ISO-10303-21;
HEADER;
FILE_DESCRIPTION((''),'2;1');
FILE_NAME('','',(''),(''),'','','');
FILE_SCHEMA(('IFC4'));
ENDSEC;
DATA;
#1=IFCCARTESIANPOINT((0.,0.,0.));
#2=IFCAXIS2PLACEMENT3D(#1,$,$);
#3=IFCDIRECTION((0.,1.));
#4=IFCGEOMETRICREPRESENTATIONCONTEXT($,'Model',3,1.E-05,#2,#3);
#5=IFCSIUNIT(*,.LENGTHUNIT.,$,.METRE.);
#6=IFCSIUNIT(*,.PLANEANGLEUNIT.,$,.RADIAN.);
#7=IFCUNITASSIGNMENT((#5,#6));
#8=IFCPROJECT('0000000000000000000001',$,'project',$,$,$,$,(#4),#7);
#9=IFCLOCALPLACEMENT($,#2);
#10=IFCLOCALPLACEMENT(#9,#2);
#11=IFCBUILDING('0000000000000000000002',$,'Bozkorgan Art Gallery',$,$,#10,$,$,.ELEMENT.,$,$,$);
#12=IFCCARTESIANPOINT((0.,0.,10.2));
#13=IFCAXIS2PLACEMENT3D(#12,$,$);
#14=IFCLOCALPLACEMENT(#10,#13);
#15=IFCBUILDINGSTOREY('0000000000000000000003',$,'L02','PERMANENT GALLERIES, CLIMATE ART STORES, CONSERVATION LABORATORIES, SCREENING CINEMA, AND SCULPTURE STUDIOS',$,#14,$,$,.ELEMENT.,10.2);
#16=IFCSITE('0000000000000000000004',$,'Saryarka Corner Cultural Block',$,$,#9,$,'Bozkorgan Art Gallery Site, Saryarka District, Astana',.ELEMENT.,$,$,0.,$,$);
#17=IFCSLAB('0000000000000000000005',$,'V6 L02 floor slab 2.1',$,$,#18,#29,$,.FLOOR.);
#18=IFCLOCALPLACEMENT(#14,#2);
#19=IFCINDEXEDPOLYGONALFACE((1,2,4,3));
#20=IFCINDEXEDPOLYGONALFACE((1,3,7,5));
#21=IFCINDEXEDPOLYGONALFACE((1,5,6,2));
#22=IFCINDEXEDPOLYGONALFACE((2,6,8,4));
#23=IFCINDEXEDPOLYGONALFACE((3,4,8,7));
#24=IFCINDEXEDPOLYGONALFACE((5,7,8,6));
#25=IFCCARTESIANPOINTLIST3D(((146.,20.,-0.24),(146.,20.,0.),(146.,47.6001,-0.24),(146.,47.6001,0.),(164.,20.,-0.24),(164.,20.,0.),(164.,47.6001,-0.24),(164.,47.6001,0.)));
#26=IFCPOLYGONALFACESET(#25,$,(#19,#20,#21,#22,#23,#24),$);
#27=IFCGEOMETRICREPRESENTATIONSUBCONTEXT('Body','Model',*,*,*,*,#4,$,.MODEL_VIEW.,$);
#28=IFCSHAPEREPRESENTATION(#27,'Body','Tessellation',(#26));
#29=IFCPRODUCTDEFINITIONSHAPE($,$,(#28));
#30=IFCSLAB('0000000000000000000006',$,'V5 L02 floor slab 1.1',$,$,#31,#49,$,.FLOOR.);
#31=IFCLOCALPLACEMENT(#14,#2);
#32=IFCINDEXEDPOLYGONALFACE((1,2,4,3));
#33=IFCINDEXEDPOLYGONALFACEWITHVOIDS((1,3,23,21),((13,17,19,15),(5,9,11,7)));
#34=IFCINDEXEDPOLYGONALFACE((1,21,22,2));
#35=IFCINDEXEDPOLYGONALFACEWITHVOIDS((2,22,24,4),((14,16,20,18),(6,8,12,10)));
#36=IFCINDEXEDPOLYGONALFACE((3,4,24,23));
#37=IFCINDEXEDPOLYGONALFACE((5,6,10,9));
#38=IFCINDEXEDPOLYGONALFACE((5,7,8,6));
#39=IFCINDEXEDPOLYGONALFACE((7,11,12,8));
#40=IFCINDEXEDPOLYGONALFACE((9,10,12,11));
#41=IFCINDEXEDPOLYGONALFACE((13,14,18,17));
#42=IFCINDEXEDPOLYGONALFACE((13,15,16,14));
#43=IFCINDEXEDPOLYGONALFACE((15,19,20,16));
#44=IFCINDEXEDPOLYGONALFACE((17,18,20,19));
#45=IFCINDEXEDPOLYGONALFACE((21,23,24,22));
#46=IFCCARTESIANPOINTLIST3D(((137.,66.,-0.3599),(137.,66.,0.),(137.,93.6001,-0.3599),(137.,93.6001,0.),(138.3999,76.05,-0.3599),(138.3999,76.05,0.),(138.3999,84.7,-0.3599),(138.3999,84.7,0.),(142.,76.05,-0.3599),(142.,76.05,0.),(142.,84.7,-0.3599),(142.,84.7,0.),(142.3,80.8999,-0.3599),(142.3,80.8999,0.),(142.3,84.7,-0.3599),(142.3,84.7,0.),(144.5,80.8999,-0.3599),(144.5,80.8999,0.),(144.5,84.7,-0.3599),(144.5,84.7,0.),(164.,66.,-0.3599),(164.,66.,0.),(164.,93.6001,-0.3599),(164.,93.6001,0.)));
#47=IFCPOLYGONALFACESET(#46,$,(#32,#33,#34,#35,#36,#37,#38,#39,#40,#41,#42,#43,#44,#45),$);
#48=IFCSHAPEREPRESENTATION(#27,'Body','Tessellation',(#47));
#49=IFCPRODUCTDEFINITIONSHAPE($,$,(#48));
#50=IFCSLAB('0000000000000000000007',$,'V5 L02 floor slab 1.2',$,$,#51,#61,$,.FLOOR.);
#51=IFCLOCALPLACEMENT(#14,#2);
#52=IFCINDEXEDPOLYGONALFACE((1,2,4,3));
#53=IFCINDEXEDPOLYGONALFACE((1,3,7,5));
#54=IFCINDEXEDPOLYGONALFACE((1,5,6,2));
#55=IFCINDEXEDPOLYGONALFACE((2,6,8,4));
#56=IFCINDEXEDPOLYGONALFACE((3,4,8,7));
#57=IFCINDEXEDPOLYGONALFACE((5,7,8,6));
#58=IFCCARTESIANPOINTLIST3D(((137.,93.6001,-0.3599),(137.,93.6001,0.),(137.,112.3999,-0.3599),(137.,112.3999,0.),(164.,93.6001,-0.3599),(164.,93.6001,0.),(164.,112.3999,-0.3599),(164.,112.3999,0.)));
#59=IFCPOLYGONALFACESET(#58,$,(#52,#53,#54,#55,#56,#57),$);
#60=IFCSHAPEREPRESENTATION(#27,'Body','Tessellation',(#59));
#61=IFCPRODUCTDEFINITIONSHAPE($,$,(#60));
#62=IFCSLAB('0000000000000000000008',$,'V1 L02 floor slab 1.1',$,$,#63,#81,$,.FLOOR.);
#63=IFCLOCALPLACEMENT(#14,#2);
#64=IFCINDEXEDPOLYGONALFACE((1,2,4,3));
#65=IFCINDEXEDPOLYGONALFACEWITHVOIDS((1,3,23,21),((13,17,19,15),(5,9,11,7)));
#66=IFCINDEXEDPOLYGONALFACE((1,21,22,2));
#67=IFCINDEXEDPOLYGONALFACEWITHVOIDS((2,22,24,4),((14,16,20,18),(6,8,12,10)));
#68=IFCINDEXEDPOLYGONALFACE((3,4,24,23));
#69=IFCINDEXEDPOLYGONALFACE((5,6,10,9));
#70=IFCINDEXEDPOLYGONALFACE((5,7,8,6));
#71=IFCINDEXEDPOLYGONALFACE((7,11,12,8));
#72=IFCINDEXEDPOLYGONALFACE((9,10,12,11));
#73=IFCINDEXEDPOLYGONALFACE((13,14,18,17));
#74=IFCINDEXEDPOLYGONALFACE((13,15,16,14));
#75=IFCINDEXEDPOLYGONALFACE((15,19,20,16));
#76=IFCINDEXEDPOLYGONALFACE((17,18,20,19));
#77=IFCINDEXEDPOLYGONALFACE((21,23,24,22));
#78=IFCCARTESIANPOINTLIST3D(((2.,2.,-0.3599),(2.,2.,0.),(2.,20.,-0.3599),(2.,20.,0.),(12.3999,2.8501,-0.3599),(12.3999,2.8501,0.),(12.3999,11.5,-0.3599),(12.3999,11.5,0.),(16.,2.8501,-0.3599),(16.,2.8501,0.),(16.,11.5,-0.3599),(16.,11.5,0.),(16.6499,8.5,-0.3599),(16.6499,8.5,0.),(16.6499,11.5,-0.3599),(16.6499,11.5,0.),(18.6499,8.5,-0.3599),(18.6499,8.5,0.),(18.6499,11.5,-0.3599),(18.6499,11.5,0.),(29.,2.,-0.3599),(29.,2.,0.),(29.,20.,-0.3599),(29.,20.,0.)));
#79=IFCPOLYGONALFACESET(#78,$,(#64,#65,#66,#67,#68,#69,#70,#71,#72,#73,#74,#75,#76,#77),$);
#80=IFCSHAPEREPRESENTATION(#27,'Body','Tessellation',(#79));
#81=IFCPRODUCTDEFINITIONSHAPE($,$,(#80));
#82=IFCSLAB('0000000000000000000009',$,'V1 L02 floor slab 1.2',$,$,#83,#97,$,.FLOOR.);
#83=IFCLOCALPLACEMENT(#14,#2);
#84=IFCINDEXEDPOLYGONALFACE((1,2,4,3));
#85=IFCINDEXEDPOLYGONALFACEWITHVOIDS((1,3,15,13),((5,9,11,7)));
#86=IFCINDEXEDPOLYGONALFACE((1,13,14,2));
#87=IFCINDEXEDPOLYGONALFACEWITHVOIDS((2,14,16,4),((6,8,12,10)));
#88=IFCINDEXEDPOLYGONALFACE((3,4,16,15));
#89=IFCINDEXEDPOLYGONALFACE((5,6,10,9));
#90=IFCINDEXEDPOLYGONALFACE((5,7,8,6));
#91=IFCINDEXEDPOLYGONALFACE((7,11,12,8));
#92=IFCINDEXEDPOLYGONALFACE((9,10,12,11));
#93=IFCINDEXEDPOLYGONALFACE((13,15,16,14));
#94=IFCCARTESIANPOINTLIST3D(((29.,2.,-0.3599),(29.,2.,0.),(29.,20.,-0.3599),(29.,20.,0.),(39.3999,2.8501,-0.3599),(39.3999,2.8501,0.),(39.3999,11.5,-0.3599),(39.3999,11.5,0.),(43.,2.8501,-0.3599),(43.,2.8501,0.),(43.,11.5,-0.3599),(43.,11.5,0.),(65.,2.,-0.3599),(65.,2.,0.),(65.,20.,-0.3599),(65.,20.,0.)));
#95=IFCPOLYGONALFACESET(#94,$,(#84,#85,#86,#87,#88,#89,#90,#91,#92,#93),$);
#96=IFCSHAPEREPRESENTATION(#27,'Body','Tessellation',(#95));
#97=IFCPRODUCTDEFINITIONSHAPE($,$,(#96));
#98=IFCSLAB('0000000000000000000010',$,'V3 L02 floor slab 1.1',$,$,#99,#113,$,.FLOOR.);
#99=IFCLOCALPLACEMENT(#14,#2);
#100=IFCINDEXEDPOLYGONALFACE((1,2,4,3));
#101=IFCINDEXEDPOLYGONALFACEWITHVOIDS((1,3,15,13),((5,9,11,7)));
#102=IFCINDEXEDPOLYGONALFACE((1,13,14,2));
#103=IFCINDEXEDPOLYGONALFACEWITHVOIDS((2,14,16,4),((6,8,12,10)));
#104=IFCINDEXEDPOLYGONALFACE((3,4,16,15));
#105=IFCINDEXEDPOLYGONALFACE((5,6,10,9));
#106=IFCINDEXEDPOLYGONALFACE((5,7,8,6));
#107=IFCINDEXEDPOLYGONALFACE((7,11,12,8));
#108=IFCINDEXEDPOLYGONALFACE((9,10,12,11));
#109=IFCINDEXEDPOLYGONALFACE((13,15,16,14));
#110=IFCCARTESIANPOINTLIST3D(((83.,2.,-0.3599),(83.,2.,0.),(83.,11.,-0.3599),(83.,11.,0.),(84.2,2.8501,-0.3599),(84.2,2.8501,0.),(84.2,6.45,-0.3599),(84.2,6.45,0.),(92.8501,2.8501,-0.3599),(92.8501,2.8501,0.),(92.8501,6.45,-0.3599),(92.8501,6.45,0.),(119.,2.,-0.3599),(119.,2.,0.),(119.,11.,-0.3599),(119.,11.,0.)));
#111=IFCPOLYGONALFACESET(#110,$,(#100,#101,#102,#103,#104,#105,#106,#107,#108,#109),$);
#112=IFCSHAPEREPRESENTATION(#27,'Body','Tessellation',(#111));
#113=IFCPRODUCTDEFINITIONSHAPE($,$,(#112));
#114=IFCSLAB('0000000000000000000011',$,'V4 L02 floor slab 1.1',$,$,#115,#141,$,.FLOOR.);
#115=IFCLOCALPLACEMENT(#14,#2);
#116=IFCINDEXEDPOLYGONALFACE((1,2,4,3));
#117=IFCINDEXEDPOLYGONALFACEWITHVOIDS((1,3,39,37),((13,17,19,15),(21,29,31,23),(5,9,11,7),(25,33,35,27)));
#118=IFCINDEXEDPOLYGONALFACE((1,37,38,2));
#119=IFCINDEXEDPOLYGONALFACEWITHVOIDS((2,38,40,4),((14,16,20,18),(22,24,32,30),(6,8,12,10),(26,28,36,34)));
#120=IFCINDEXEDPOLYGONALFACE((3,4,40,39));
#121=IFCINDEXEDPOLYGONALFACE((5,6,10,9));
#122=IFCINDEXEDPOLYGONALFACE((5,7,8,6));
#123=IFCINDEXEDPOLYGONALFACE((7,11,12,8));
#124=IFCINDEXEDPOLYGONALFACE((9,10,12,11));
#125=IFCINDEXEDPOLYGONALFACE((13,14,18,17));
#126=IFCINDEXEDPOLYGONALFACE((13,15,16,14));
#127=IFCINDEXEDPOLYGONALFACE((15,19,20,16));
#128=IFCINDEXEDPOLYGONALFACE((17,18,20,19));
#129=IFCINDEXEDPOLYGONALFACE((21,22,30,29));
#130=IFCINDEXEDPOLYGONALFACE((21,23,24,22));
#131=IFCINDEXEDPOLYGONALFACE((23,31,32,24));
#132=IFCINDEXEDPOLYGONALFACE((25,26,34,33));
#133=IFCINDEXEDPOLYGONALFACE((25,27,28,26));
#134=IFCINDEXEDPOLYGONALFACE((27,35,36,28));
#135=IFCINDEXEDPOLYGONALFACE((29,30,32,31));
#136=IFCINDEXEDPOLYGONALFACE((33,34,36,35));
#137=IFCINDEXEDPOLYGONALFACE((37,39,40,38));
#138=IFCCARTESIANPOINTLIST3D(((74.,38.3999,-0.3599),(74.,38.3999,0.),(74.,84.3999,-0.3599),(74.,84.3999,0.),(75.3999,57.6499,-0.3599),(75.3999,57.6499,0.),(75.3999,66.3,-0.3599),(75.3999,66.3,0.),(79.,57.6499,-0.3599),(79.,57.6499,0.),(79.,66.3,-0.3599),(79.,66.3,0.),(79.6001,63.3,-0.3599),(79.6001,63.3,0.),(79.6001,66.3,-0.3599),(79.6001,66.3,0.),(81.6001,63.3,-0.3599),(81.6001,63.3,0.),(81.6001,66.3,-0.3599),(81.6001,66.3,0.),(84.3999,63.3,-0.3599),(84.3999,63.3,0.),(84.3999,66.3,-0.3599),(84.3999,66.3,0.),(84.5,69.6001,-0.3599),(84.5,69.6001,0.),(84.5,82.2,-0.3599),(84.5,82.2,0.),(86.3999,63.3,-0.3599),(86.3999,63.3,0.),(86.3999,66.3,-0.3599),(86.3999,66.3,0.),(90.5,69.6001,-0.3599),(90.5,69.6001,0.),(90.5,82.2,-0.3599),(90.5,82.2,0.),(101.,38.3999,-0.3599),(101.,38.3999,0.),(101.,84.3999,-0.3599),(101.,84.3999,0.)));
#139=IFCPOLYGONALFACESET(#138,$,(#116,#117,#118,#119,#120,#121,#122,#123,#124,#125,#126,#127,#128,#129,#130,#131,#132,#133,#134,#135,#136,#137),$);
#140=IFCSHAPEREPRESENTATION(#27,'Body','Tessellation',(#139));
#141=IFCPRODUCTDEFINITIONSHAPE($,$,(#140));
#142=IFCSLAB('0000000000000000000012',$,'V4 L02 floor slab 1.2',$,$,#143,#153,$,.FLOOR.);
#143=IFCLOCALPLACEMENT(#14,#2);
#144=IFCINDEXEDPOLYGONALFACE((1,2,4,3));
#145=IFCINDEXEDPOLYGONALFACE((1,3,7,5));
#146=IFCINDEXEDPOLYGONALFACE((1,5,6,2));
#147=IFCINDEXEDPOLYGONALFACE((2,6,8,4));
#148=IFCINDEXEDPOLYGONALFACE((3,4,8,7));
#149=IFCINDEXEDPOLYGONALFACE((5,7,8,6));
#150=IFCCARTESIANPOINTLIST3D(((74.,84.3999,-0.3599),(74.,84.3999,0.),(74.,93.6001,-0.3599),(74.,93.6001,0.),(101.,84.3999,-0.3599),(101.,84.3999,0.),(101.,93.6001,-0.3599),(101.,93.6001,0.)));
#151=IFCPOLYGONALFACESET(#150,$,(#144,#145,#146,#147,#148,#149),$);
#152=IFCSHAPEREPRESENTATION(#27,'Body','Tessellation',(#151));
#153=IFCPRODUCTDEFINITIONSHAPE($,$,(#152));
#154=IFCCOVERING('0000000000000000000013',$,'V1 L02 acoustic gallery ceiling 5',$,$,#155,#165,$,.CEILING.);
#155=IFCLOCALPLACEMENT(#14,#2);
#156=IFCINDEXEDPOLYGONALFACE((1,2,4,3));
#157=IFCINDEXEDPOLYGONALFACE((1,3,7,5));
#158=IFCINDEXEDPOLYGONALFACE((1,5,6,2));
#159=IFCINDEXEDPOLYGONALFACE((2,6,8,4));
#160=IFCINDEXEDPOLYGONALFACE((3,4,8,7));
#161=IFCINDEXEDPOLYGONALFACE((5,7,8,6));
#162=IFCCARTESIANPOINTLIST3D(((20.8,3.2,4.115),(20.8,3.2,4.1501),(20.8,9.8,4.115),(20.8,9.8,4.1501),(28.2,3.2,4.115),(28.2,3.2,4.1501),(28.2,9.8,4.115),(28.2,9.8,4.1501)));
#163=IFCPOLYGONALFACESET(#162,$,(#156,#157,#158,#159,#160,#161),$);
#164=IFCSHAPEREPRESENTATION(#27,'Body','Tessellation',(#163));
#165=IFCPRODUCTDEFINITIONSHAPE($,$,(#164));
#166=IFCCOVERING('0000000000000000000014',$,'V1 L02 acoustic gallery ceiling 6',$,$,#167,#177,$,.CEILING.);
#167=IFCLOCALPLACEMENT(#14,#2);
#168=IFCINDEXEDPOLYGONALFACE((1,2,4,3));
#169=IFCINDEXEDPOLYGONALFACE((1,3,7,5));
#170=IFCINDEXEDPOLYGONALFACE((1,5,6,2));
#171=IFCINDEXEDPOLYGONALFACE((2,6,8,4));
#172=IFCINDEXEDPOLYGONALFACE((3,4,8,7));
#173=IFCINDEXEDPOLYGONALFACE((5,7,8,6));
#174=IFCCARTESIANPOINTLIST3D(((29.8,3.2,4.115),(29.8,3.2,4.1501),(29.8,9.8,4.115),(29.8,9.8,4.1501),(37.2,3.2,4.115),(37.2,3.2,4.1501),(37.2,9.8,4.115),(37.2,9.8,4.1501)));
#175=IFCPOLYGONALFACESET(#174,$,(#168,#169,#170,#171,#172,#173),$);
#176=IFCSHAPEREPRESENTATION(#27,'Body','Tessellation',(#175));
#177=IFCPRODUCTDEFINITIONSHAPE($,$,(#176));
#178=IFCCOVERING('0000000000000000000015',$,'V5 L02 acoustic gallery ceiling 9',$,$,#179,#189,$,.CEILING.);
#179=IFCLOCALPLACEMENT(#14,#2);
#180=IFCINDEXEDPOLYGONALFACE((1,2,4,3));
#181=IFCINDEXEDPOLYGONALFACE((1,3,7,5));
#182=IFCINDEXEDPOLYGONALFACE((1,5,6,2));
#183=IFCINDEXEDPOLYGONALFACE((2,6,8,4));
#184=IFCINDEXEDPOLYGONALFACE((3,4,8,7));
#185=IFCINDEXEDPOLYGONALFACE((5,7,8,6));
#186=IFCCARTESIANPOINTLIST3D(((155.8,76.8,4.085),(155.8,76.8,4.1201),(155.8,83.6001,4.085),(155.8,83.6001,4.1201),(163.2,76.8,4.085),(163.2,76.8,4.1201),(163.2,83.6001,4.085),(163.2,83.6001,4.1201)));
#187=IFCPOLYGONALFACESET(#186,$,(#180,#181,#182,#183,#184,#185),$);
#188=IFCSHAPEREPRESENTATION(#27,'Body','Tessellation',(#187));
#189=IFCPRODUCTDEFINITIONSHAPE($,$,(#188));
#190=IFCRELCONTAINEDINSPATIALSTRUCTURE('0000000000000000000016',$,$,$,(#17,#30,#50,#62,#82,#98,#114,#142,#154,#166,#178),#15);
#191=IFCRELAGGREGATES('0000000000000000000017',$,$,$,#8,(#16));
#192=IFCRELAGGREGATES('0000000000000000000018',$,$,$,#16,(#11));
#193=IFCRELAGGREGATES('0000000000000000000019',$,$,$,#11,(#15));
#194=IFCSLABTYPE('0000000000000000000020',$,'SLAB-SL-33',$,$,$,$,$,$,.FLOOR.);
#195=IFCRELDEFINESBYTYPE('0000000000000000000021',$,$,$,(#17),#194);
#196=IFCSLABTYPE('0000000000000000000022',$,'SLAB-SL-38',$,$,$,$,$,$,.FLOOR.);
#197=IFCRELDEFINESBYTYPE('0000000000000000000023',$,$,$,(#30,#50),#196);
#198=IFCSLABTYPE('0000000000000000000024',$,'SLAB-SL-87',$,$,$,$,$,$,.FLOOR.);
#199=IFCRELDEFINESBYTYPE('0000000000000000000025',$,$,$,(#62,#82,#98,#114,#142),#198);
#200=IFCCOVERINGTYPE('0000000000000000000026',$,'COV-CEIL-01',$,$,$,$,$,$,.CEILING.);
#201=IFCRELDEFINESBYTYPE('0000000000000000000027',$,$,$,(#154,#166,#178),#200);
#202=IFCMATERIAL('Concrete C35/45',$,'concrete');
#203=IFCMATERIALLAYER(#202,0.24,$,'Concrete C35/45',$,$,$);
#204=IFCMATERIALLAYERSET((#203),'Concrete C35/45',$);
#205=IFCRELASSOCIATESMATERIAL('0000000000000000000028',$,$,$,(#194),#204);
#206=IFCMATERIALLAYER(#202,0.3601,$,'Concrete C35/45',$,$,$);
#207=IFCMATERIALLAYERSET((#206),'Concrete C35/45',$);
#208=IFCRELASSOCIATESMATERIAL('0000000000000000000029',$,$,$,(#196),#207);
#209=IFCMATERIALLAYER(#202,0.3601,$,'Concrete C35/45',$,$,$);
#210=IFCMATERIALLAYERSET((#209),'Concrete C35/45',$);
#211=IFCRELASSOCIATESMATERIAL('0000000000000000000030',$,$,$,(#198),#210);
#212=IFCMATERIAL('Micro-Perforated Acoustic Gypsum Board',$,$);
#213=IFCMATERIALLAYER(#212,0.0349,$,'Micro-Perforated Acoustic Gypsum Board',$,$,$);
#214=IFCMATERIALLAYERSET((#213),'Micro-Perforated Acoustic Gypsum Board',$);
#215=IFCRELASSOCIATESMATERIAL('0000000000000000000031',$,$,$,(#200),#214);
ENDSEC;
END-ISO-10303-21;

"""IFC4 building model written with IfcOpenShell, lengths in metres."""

from ifc_helpers import new_model, si_unit, direction, frame, origin, place, context, subcontext, project, spatial, polyline, outline, extrude, material, layer, layer_set, type_object, element, save


model = new_model("IFC4")

# Units and contexts
model_context = context("Model", 3, precision=1e-05, world=origin(), true_north=direction((0.0, 1.0)))
body_context = subcontext(model_context, "Body", "Model", "MODEL_VIEW")
ifc_project = project(units=[si_unit("LENGTHUNIT", "METRE"), si_unit("PLANEANGLEUNIT", "RADIAN")], contexts=[model_context])

# Site, building, storey
site_placement = place(None, origin())
site = spatial("IfcSite", under=ifc_project, at=site_placement, Name="Saryarka Corner Cultural Block", LongName="Bozkorgan Art Gallery Site, Saryarka District, Astana", CompositionType="ELEMENT", RefElevation=0.0)
building_placement = place(site_placement, origin())
building = spatial("IfcBuilding", under=site, at=building_placement, Name="Bozkorgan Art Gallery", CompositionType="ELEMENT")
storey_placement = place(building_placement, frame((0.0, 0.0, 10.2)))
storey = spatial("IfcBuildingStorey", under=building, at=storey_placement, Name="L02", Description="PERMANENT GALLERIES, CLIMATE ART STORES, CONSERVATION LABORATORIES, SCREENING CINEMA, AND SCULPTURE STUDIOS", CompositionType="ELEMENT", Elevation=10.2)

# Shared definitions
ifc_material_1 = material(Name="Concrete C35/45", Category="concrete")

# Slabs
ifc_layer_1 = layer(ifc_material_1, 0.24, Name="Concrete C35/45")
ifc_layer_set_1 = layer_set([ifc_layer_1], Name="Concrete C35/45")
slab_type_1 = type_object("IfcSlabType", Name="SLAB-SL-33", PredefinedType="FLOOR", material=ifc_layer_set_1)
slab_1_placement = place(storey_placement, frame((0.0, 0.0, -0.24)))
element("IfcSlab", 1, at=slab_1_placement, inside=storey, type_object=slab_type_1, Name="V6 L02 floor slab 2.1", PredefinedType="FLOOR", context=body_context, shape_type="SweptSolid", body=[
    extrude(outline(polyline([(146.0, 20.0), (164.0, 20.0), (164.0, 47.6001), (146.0, 47.6001), (146.0, 20.0)])), origin(), (0.0, 0.0, 1.0), 0.24),
])
ifc_layer_2 = layer(ifc_material_1, 0.3601, Name="Concrete C35/45")
ifc_layer_set_2 = layer_set([ifc_layer_2], Name="Concrete C35/45")
slab_type_2 = type_object("IfcSlabType", Name="SLAB-SL-38", PredefinedType="FLOOR", material=ifc_layer_set_2)
slab_2_placement = place(storey_placement, frame((0.0, 0.0, -0.3599)))
element("IfcSlab", 2, at=slab_2_placement, inside=storey, type_object=slab_type_2, Name="V5 L02 floor slab 1.1", PredefinedType="FLOOR", context=body_context, shape_type="SweptSolid", body=[
    extrude(outline(polyline([(137.0, 66.0), (164.0, 66.0), (164.0, 93.6001), (137.0, 93.6001), (137.0, 66.0)]), holes=[polyline([(138.3999, 76.05), (142.0, 76.05), (142.0, 84.7), (138.3999, 84.7), (138.3999, 76.05)]), polyline([(142.3, 80.8999), (144.5, 80.8999), (144.5, 84.7), (142.3, 84.7), (142.3, 80.8999)])]), origin(), (0.0, 0.0, 1.0), 0.3599),
])
slab_3_placement = place(storey_placement, frame((0.0, 0.0, -0.3599)))
element("IfcSlab", 3, at=slab_3_placement, inside=storey, type_object=slab_type_2, Name="V5 L02 floor slab 1.2", PredefinedType="FLOOR", context=body_context, shape_type="SweptSolid", body=[
    extrude(outline(polyline([(137.0, 93.6001), (164.0, 93.6001), (164.0, 112.3999), (137.0, 112.3999), (137.0, 93.6001)])), origin(), (0.0, 0.0, 1.0), 0.3599),
])
ifc_layer_3 = layer(ifc_material_1, 0.3601, Name="Concrete C35/45")
ifc_layer_set_3 = layer_set([ifc_layer_3], Name="Concrete C35/45")
slab_type_3 = type_object("IfcSlabType", Name="SLAB-SL-87", PredefinedType="FLOOR", material=ifc_layer_set_3)
slab_4_placement = place(storey_placement, frame((0.0, 0.0, -0.3599)))
element("IfcSlab", 4, at=slab_4_placement, inside=storey, type_object=slab_type_3, Name="V1 L02 floor slab 1.1", PredefinedType="FLOOR", context=body_context, shape_type="SweptSolid", body=[
    extrude(outline(polyline([(2.0, 2.0), (29.0, 2.0), (29.0, 20.0), (2.0, 20.0), (2.0, 2.0)]), holes=[polyline([(12.3999, 2.8501), (16.0, 2.8501), (16.0, 11.5), (12.3999, 11.5), (12.3999, 2.8501)]), polyline([(16.6499, 8.5), (18.6499, 8.5), (18.6499, 11.5), (16.6499, 11.5), (16.6499, 8.5)])]), origin(), (0.0, 0.0, 1.0), 0.3599),
])
slab_5_placement = place(storey_placement, frame((0.0, 0.0, -0.3599)))
element("IfcSlab", 5, at=slab_5_placement, inside=storey, type_object=slab_type_3, Name="V1 L02 floor slab 1.2", PredefinedType="FLOOR", context=body_context, shape_type="SweptSolid", body=[
    extrude(outline(polyline([(29.0, 2.0), (65.0, 2.0), (65.0, 20.0), (29.0, 20.0), (29.0, 2.0)]), holes=[polyline([(39.3999, 2.8501), (43.0, 2.8501), (43.0, 11.5), (39.3999, 11.5), (39.3999, 2.8501)])]), origin(), (0.0, 0.0, 1.0), 0.3599),
])
slab_6_placement = place(storey_placement, frame((0.0, 0.0, -0.3599)))
element("IfcSlab", 6, at=slab_6_placement, inside=storey, type_object=slab_type_3, Name="V3 L02 floor slab 1.1", PredefinedType="FLOOR", context=body_context, shape_type="SweptSolid", body=[
    extrude(outline(polyline([(83.0, 2.0), (119.0, 2.0), (119.0, 11.0), (83.0, 11.0), (83.0, 2.0)]), holes=[polyline([(84.2, 2.8501), (92.8501, 2.8501), (92.8501, 6.45), (84.2, 6.45), (84.2, 2.8501)])]), origin(), (0.0, 0.0, 1.0), 0.3599),
])
slab_7_placement = place(storey_placement, frame((0.0, 0.0, -0.3599)))
element("IfcSlab", 7, at=slab_7_placement, inside=storey, type_object=slab_type_3, Name="V4 L02 floor slab 1.1", PredefinedType="FLOOR", context=body_context, shape_type="SweptSolid", body=[
    extrude(outline(polyline([(74.0, 38.3999), (101.0, 38.3999), (101.0, 84.3999), (74.0, 84.3999), (74.0, 38.3999)]), holes=[polyline([(75.3999, 57.6499), (79.0, 57.6499), (79.0, 66.3), (75.3999, 66.3), (75.3999, 57.6499)]), polyline([(79.6001, 63.3), (81.6001, 63.3), (81.6001, 66.3), (79.6001, 66.3), (79.6001, 63.3)]), polyline([(84.3999, 63.3), (86.3999, 63.3), (86.3999, 66.3), (84.3999, 66.3), (84.3999, 63.3)]), polyline([(84.5, 69.6001), (90.5, 69.6001), (90.5, 82.2), (84.5, 82.2), (84.5, 69.6001)])]), origin(), (0.0, 0.0, 1.0), 0.3599),
])
slab_8_placement = place(storey_placement, frame((0.0, 0.0, -0.3599)))
element("IfcSlab", 8, at=slab_8_placement, inside=storey, type_object=slab_type_3, Name="V4 L02 floor slab 1.2", PredefinedType="FLOOR", context=body_context, shape_type="SweptSolid", body=[
    extrude(outline(polyline([(74.0, 84.3999), (101.0, 84.3999), (101.0, 93.6001), (74.0, 93.6001), (74.0, 84.3999)])), origin(), (0.0, 0.0, 1.0), 0.3599),
])

# Coverings
ifc_material_2 = material(Name="Micro-Perforated Acoustic Gypsum Board")
ifc_layer_4 = layer(ifc_material_2, 0.0349, Name="Micro-Perforated Acoustic Gypsum Board")
ifc_layer_set_4 = layer_set([ifc_layer_4], Name="Micro-Perforated Acoustic Gypsum Board")
covering_type_1 = type_object("IfcCoveringType", Name="COV-CEIL-01", PredefinedType="CEILING", material=ifc_layer_set_4)
covering_1_placement = place(storey_placement, frame((0.0, 0.0, 4.115)))
element("IfcCovering", 9, at=covering_1_placement, inside=storey, type_object=covering_type_1, Name="V1 L02 acoustic gallery ceiling 5", PredefinedType="CEILING", context=body_context, shape_type="SweptSolid", body=[
    extrude(outline(polyline([(20.8, 3.2), (28.2, 3.2), (28.2, 9.8), (20.8, 9.8), (20.8, 3.2)])), origin(), (0.0, 0.0, 1.0), 0.0352),
])
covering_2_placement = place(storey_placement, frame((0.0, 0.0, 4.115)))
element("IfcCovering", 10, at=covering_2_placement, inside=storey, type_object=covering_type_1, Name="V1 L02 acoustic gallery ceiling 6", PredefinedType="CEILING", context=body_context, shape_type="SweptSolid", body=[
    extrude(outline(polyline([(29.8, 3.2), (37.2, 3.2), (37.2, 9.8), (29.8, 9.8), (29.8, 3.2)])), origin(), (0.0, 0.0, 1.0), 0.0352),
])
covering_3_placement = place(storey_placement, frame((0.0, 0.0, 4.085)))
element("IfcCovering", 11, at=covering_3_placement, inside=storey, type_object=covering_type_1, Name="V5 L02 acoustic gallery ceiling 9", PredefinedType="CEILING", context=body_context, shape_type="SweptSolid", body=[
    extrude(outline(polyline([(155.8, 76.8), (163.2, 76.8), (163.2, 83.6001), (155.8, 83.6001), (155.8, 76.8)])), origin(), (0.0, 0.0, 1.0), 0.0352),
])

save(model, "model.ifc")
